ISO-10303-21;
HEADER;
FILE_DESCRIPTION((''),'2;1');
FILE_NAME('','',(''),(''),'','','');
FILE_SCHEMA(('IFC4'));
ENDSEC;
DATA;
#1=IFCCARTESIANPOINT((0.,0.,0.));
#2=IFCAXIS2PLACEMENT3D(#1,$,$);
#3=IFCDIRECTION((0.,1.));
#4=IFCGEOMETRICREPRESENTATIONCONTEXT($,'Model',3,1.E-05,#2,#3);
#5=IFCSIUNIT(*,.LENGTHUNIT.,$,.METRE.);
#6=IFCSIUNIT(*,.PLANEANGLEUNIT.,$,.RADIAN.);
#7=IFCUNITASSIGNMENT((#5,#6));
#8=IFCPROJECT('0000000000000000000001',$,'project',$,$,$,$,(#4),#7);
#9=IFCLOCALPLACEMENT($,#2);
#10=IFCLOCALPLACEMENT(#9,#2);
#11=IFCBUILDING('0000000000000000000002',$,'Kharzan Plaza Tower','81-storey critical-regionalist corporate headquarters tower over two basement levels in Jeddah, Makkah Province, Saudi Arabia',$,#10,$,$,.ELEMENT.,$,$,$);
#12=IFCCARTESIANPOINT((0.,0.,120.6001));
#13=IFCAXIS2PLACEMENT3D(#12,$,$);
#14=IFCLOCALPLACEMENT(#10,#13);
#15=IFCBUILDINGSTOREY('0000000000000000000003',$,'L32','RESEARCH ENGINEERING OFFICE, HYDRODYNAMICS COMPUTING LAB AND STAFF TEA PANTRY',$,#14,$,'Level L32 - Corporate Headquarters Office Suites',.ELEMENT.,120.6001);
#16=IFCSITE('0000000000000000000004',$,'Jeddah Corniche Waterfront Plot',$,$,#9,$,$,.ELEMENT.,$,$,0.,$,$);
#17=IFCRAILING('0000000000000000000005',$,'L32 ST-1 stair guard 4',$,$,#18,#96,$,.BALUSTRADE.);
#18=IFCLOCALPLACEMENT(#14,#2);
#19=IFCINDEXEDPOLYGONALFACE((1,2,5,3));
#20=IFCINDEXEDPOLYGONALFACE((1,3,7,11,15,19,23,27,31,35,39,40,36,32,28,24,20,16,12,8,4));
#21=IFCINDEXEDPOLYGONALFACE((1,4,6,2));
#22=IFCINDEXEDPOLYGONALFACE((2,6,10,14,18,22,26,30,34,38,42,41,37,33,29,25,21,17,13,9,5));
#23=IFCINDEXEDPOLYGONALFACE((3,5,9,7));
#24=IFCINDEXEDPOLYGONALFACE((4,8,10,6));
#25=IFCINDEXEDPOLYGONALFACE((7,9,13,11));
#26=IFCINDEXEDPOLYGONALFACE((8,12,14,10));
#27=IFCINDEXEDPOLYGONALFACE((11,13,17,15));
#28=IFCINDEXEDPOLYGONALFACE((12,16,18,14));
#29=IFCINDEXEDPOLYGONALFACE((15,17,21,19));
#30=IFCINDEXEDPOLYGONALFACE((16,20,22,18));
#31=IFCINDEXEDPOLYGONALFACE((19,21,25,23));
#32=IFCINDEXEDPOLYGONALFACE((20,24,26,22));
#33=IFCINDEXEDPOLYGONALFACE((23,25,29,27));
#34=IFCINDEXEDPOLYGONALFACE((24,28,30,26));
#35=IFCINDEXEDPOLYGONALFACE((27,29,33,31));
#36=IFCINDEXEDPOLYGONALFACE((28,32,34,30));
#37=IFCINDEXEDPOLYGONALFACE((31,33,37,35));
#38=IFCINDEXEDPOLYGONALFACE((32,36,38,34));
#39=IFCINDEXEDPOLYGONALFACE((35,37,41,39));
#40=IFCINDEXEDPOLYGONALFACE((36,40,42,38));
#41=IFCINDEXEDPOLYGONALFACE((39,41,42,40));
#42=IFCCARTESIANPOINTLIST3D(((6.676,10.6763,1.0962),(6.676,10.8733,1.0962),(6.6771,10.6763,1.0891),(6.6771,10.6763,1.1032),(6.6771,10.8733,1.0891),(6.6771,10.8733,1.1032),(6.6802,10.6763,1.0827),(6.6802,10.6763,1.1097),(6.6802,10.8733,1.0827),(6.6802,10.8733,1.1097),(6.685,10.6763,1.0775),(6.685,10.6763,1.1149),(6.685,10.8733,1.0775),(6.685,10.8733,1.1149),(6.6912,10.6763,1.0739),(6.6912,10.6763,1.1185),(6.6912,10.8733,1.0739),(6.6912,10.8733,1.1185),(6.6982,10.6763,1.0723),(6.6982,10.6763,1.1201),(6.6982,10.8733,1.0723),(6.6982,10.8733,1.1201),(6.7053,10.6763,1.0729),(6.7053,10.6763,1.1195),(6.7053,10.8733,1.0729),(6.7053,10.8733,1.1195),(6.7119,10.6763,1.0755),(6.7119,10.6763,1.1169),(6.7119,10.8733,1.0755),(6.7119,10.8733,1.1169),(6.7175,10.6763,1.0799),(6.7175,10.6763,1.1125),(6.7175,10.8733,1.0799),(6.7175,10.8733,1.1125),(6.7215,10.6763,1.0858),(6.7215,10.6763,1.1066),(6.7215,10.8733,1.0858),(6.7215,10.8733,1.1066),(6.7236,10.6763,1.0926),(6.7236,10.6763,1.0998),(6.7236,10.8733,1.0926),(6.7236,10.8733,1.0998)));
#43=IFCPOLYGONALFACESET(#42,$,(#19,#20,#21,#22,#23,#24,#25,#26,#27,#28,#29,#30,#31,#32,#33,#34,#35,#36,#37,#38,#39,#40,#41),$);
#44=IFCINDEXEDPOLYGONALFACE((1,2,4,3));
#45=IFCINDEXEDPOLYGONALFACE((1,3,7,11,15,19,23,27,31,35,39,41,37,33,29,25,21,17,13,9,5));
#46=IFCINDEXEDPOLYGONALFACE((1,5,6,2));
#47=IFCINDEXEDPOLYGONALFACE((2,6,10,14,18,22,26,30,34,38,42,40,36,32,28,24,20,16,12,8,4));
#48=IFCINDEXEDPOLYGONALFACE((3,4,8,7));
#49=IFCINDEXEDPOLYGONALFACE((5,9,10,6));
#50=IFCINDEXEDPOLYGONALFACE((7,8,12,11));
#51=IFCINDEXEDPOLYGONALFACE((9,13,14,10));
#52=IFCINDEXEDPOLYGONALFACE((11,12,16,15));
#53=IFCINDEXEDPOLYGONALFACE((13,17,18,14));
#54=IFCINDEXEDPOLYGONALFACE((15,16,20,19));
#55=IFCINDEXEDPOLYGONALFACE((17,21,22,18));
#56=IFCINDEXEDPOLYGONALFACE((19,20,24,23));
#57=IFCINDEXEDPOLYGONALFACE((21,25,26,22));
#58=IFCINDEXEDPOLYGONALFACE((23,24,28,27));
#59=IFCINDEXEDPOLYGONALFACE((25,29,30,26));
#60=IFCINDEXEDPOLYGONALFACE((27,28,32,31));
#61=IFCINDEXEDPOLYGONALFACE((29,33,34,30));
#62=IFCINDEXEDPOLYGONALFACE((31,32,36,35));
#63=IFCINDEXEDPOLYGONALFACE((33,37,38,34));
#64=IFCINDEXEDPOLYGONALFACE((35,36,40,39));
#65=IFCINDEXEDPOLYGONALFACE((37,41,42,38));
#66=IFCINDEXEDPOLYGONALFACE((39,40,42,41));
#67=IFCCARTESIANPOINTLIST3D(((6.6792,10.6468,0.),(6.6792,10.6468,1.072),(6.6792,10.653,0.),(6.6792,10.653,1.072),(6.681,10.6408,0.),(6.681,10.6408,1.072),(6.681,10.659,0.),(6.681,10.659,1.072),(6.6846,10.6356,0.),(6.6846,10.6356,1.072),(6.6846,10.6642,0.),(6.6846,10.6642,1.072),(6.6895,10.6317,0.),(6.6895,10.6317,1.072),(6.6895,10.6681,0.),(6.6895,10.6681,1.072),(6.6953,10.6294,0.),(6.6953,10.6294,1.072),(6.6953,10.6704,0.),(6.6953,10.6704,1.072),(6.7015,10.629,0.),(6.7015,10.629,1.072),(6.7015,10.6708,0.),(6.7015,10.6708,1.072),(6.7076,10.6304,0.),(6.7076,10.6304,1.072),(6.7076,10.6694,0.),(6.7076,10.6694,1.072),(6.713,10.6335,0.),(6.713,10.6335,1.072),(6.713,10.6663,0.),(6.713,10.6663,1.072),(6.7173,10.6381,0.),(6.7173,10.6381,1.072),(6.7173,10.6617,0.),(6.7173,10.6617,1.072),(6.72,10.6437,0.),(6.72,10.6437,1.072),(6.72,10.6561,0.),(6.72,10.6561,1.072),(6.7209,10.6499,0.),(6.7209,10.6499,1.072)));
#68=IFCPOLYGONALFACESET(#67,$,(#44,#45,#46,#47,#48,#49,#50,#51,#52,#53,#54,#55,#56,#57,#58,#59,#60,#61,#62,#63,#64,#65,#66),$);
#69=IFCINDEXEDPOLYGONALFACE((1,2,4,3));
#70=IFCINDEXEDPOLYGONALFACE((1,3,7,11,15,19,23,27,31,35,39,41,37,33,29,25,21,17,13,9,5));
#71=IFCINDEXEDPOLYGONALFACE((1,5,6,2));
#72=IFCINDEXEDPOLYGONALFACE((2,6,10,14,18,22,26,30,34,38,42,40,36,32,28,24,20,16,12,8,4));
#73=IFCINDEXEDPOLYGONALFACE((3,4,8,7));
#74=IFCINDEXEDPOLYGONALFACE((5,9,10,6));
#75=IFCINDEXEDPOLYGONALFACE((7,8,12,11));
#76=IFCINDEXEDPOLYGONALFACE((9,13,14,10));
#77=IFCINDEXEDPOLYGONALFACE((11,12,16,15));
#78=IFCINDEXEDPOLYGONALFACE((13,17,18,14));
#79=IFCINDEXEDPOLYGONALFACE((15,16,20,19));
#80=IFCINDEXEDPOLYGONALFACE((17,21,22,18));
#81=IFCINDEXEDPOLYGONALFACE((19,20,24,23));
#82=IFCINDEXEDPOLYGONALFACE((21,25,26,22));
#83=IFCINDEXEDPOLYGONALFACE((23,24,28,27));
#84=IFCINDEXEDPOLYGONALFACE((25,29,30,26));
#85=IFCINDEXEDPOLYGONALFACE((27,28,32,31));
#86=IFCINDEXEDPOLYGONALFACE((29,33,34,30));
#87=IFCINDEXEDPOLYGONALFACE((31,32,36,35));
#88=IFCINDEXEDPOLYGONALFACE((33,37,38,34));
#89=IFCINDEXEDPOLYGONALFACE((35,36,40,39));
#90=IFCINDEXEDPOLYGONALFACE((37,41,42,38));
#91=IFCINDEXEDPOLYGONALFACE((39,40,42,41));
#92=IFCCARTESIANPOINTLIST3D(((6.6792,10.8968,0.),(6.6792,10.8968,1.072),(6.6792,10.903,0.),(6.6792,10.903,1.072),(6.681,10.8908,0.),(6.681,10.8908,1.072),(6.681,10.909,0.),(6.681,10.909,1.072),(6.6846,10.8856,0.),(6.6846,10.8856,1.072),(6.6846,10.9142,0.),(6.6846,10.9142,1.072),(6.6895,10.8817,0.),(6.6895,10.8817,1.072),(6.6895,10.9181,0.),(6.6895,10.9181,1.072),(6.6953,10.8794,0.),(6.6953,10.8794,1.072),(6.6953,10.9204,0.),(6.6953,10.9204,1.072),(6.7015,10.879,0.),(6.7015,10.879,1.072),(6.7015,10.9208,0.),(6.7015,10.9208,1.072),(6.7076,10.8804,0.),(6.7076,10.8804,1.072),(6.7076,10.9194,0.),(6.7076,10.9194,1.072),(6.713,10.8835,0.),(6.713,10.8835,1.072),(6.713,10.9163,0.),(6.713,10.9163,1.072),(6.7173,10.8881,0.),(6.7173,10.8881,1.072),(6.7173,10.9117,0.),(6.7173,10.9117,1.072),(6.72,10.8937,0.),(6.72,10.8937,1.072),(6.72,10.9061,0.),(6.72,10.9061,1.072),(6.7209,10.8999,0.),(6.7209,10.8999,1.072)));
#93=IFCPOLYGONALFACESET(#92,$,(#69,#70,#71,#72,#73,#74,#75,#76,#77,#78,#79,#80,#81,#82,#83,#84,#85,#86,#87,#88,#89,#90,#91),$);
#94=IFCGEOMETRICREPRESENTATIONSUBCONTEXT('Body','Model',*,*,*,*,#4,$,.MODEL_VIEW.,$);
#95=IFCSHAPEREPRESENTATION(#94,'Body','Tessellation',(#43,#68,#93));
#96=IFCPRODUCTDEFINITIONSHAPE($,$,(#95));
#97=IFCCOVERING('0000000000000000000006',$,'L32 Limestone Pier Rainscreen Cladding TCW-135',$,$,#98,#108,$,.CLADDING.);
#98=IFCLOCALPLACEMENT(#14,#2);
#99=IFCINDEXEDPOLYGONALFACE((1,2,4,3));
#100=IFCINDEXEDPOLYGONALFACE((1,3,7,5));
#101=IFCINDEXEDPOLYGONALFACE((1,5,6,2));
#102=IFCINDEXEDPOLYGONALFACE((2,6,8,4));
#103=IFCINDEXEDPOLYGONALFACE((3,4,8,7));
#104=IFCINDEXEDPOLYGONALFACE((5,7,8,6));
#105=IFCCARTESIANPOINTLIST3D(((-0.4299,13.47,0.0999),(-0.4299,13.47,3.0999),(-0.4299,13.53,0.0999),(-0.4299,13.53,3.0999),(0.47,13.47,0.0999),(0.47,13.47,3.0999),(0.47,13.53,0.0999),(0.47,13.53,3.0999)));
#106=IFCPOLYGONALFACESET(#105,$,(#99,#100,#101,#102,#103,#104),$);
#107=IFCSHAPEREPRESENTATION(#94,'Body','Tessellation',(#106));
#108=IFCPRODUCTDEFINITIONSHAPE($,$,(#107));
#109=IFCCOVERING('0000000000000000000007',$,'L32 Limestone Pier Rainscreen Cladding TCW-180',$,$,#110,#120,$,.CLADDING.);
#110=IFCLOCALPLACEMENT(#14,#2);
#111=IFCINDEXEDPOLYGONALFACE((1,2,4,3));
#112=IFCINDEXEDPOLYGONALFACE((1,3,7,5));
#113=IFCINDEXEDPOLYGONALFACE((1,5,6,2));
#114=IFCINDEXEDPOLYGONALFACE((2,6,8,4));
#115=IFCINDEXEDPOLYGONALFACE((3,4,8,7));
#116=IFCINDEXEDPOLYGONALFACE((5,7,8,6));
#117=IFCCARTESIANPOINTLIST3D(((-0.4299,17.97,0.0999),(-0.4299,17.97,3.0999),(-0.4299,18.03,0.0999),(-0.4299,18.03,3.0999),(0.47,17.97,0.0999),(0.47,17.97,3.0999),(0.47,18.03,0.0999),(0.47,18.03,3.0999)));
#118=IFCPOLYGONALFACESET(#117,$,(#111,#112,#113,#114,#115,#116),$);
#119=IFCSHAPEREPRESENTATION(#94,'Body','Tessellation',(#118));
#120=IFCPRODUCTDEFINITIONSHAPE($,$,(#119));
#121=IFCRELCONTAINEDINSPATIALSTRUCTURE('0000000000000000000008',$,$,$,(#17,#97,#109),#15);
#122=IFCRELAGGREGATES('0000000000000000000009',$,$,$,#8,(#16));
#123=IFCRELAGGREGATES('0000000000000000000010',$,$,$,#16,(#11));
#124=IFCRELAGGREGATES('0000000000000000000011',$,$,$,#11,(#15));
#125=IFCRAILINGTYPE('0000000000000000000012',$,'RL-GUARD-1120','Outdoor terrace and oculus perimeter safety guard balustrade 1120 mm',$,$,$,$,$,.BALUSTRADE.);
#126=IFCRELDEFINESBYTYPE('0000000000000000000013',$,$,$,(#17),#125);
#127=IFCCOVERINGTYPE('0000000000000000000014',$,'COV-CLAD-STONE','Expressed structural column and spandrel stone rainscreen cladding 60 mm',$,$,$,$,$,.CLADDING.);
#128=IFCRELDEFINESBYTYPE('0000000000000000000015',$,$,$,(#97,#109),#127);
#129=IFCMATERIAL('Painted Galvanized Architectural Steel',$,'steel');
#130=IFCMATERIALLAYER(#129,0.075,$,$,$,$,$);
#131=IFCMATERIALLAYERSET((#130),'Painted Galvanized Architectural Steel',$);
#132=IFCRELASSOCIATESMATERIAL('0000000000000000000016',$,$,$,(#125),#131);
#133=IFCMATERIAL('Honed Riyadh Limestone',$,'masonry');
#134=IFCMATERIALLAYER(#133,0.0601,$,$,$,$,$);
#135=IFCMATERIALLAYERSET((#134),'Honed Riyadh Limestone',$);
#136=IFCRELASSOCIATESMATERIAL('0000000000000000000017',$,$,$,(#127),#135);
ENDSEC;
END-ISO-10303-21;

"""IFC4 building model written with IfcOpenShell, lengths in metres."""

from ifc_helpers import new_model, si_unit, direction, frame, origin, origin_2d, place, context, subcontext, project, spatial, rectangle, circle, extrude, source, transform, mapped, material, layer, layer_set, type_object, element, save


model = new_model("IFC4")

# Units and contexts
model_context = context("Model", 3, precision=1e-05, world=origin(), true_north=direction((0.0, 1.0)))
body_context = subcontext(model_context, "Body", "Model", "MODEL_VIEW")
ifc_project = project(units=[si_unit("LENGTHUNIT", "METRE"), si_unit("PLANEANGLEUNIT", "RADIAN")], contexts=[model_context])

# Site, building, storey
site_placement = place(None, origin())
site = spatial("IfcSite", under=ifc_project, at=site_placement, Name="Jeddah Corniche Waterfront Plot", CompositionType="ELEMENT", RefElevation=0.0)
building_placement = place(site_placement, origin())
building = spatial("IfcBuilding", under=site, at=building_placement, Name="Kharzan Plaza Tower", Description="81-storey critical-regionalist corporate headquarters tower over two basement levels in Jeddah, Makkah Province, Saudi Arabia", CompositionType="ELEMENT")
storey_placement = place(building_placement, frame((0.0, 0.0, 120.6001)))
storey = spatial("IfcBuildingStorey", under=building, at=storey_placement, Name="L32", Description="RESEARCH ENGINEERING OFFICE, HYDRODYNAMICS COMPUTING LAB AND STAFF TEA PANTRY", LongName="Level L32 - Corporate Headquarters Office Suites", CompositionType="ELEMENT", Elevation=120.6001)

# Railing
ifc_material_1 = material(Name="Painted Galvanized Architectural Steel", Category="steel")
ifc_layer_1 = layer(ifc_material_1, 0.075)
ifc_layer_set_1 = layer_set([ifc_layer_1], Name="Painted Galvanized Architectural Steel")
railing_type = type_object("IfcRailingType", Name="RL-GUARD-1120", Description="Outdoor terrace and oculus perimeter safety guard balustrade 1120 mm", PredefinedType="BALUSTRADE", material=ifc_layer_set_1)
shared_shape_1 = source(origin(), body_context, "Body", "SweptSolid", [
    extrude(circle(Radius=0.0239, at=origin_2d()), frame((0.0, 0.0264, 1.0962), z_axis=(0.0, 1.0, 0.0), x_axis=(-1.0, 0.0, 0.0)), (0.0, 0.0, 1.0), 0.197),
    extrude(circle(Radius=0.021, at=origin_2d()), origin(), (0.0, 0.0, 1.0), 1.072),
    extrude(circle(Radius=0.021, at=origin_2d()), frame((0.0, 0.25, 0.0)), (0.0, 0.0, 1.0), 1.072),
])
railing_placement = place(storey_placement, frame((6.7, 10.6499, 0.0)))
element("IfcRailing", 1, at=railing_placement, inside=storey, type_object=railing_type, Name="L32 ST-1 stair guard 4", PredefinedType="BALUSTRADE", context=body_context, shape_type="MappedRepresentation", body=[
    mapped(shared_shape_1, transform((0.0, 0.0, 0.0), x_axis=(1.0, 0.0, 0.0), y_axis=(0.0, 1.0, 0.0), z_axis=(0.0, 0.0, 1.0))),
])

# Coverings
ifc_material_2 = material(Name="Honed Riyadh Limestone", Category="masonry")
ifc_layer_2 = layer(ifc_material_2, 0.0601)
ifc_layer_set_2 = layer_set([ifc_layer_2], Name="Honed Riyadh Limestone")
covering_type = type_object("IfcCoveringType", Name="COV-CLAD-STONE", Description="Expressed structural column and spandrel stone rainscreen cladding 60 mm", PredefinedType="CLADDING", material=ifc_layer_set_2)
shared_shape_2 = source(origin(), body_context, "Body", "SweptSolid", [
    extrude(rectangle(XDim=0.0601, YDim=0.8999, at=origin_2d()), origin(), (0.0, 0.0, 1.0), 3.0),
])
for number, where, z_axis, x_axis, name in (
    (2, (0.02, 13.5, 0.0999), (0.0, 0.0, 1.0), (0.0, 1.0, 0.0), "L32 Limestone Pier Rainscreen Cladding TCW-135"),
    (3, (0.02, 18.0, 0.0999), (0.0, 0.0, 1.0), (0.0, 1.0, 0.0), "L32 Limestone Pier Rainscreen Cladding TCW-180"),
):
    element("IfcCovering", number, at=place(storey_placement, frame(where, z_axis=z_axis, x_axis=x_axis)), inside=storey, type_object=covering_type, Name=name, PredefinedType="CLADDING", context=body_context, shape_type="MappedRepresentation", body=[
        mapped(shared_shape_2, transform((0.0, 0.0, 0.0), x_axis=(1.0, 0.0, 0.0), y_axis=(0.0, 1.0, 0.0), z_axis=(0.0, 0.0, 1.0))),
    ])

save(model, "model.ifc")
